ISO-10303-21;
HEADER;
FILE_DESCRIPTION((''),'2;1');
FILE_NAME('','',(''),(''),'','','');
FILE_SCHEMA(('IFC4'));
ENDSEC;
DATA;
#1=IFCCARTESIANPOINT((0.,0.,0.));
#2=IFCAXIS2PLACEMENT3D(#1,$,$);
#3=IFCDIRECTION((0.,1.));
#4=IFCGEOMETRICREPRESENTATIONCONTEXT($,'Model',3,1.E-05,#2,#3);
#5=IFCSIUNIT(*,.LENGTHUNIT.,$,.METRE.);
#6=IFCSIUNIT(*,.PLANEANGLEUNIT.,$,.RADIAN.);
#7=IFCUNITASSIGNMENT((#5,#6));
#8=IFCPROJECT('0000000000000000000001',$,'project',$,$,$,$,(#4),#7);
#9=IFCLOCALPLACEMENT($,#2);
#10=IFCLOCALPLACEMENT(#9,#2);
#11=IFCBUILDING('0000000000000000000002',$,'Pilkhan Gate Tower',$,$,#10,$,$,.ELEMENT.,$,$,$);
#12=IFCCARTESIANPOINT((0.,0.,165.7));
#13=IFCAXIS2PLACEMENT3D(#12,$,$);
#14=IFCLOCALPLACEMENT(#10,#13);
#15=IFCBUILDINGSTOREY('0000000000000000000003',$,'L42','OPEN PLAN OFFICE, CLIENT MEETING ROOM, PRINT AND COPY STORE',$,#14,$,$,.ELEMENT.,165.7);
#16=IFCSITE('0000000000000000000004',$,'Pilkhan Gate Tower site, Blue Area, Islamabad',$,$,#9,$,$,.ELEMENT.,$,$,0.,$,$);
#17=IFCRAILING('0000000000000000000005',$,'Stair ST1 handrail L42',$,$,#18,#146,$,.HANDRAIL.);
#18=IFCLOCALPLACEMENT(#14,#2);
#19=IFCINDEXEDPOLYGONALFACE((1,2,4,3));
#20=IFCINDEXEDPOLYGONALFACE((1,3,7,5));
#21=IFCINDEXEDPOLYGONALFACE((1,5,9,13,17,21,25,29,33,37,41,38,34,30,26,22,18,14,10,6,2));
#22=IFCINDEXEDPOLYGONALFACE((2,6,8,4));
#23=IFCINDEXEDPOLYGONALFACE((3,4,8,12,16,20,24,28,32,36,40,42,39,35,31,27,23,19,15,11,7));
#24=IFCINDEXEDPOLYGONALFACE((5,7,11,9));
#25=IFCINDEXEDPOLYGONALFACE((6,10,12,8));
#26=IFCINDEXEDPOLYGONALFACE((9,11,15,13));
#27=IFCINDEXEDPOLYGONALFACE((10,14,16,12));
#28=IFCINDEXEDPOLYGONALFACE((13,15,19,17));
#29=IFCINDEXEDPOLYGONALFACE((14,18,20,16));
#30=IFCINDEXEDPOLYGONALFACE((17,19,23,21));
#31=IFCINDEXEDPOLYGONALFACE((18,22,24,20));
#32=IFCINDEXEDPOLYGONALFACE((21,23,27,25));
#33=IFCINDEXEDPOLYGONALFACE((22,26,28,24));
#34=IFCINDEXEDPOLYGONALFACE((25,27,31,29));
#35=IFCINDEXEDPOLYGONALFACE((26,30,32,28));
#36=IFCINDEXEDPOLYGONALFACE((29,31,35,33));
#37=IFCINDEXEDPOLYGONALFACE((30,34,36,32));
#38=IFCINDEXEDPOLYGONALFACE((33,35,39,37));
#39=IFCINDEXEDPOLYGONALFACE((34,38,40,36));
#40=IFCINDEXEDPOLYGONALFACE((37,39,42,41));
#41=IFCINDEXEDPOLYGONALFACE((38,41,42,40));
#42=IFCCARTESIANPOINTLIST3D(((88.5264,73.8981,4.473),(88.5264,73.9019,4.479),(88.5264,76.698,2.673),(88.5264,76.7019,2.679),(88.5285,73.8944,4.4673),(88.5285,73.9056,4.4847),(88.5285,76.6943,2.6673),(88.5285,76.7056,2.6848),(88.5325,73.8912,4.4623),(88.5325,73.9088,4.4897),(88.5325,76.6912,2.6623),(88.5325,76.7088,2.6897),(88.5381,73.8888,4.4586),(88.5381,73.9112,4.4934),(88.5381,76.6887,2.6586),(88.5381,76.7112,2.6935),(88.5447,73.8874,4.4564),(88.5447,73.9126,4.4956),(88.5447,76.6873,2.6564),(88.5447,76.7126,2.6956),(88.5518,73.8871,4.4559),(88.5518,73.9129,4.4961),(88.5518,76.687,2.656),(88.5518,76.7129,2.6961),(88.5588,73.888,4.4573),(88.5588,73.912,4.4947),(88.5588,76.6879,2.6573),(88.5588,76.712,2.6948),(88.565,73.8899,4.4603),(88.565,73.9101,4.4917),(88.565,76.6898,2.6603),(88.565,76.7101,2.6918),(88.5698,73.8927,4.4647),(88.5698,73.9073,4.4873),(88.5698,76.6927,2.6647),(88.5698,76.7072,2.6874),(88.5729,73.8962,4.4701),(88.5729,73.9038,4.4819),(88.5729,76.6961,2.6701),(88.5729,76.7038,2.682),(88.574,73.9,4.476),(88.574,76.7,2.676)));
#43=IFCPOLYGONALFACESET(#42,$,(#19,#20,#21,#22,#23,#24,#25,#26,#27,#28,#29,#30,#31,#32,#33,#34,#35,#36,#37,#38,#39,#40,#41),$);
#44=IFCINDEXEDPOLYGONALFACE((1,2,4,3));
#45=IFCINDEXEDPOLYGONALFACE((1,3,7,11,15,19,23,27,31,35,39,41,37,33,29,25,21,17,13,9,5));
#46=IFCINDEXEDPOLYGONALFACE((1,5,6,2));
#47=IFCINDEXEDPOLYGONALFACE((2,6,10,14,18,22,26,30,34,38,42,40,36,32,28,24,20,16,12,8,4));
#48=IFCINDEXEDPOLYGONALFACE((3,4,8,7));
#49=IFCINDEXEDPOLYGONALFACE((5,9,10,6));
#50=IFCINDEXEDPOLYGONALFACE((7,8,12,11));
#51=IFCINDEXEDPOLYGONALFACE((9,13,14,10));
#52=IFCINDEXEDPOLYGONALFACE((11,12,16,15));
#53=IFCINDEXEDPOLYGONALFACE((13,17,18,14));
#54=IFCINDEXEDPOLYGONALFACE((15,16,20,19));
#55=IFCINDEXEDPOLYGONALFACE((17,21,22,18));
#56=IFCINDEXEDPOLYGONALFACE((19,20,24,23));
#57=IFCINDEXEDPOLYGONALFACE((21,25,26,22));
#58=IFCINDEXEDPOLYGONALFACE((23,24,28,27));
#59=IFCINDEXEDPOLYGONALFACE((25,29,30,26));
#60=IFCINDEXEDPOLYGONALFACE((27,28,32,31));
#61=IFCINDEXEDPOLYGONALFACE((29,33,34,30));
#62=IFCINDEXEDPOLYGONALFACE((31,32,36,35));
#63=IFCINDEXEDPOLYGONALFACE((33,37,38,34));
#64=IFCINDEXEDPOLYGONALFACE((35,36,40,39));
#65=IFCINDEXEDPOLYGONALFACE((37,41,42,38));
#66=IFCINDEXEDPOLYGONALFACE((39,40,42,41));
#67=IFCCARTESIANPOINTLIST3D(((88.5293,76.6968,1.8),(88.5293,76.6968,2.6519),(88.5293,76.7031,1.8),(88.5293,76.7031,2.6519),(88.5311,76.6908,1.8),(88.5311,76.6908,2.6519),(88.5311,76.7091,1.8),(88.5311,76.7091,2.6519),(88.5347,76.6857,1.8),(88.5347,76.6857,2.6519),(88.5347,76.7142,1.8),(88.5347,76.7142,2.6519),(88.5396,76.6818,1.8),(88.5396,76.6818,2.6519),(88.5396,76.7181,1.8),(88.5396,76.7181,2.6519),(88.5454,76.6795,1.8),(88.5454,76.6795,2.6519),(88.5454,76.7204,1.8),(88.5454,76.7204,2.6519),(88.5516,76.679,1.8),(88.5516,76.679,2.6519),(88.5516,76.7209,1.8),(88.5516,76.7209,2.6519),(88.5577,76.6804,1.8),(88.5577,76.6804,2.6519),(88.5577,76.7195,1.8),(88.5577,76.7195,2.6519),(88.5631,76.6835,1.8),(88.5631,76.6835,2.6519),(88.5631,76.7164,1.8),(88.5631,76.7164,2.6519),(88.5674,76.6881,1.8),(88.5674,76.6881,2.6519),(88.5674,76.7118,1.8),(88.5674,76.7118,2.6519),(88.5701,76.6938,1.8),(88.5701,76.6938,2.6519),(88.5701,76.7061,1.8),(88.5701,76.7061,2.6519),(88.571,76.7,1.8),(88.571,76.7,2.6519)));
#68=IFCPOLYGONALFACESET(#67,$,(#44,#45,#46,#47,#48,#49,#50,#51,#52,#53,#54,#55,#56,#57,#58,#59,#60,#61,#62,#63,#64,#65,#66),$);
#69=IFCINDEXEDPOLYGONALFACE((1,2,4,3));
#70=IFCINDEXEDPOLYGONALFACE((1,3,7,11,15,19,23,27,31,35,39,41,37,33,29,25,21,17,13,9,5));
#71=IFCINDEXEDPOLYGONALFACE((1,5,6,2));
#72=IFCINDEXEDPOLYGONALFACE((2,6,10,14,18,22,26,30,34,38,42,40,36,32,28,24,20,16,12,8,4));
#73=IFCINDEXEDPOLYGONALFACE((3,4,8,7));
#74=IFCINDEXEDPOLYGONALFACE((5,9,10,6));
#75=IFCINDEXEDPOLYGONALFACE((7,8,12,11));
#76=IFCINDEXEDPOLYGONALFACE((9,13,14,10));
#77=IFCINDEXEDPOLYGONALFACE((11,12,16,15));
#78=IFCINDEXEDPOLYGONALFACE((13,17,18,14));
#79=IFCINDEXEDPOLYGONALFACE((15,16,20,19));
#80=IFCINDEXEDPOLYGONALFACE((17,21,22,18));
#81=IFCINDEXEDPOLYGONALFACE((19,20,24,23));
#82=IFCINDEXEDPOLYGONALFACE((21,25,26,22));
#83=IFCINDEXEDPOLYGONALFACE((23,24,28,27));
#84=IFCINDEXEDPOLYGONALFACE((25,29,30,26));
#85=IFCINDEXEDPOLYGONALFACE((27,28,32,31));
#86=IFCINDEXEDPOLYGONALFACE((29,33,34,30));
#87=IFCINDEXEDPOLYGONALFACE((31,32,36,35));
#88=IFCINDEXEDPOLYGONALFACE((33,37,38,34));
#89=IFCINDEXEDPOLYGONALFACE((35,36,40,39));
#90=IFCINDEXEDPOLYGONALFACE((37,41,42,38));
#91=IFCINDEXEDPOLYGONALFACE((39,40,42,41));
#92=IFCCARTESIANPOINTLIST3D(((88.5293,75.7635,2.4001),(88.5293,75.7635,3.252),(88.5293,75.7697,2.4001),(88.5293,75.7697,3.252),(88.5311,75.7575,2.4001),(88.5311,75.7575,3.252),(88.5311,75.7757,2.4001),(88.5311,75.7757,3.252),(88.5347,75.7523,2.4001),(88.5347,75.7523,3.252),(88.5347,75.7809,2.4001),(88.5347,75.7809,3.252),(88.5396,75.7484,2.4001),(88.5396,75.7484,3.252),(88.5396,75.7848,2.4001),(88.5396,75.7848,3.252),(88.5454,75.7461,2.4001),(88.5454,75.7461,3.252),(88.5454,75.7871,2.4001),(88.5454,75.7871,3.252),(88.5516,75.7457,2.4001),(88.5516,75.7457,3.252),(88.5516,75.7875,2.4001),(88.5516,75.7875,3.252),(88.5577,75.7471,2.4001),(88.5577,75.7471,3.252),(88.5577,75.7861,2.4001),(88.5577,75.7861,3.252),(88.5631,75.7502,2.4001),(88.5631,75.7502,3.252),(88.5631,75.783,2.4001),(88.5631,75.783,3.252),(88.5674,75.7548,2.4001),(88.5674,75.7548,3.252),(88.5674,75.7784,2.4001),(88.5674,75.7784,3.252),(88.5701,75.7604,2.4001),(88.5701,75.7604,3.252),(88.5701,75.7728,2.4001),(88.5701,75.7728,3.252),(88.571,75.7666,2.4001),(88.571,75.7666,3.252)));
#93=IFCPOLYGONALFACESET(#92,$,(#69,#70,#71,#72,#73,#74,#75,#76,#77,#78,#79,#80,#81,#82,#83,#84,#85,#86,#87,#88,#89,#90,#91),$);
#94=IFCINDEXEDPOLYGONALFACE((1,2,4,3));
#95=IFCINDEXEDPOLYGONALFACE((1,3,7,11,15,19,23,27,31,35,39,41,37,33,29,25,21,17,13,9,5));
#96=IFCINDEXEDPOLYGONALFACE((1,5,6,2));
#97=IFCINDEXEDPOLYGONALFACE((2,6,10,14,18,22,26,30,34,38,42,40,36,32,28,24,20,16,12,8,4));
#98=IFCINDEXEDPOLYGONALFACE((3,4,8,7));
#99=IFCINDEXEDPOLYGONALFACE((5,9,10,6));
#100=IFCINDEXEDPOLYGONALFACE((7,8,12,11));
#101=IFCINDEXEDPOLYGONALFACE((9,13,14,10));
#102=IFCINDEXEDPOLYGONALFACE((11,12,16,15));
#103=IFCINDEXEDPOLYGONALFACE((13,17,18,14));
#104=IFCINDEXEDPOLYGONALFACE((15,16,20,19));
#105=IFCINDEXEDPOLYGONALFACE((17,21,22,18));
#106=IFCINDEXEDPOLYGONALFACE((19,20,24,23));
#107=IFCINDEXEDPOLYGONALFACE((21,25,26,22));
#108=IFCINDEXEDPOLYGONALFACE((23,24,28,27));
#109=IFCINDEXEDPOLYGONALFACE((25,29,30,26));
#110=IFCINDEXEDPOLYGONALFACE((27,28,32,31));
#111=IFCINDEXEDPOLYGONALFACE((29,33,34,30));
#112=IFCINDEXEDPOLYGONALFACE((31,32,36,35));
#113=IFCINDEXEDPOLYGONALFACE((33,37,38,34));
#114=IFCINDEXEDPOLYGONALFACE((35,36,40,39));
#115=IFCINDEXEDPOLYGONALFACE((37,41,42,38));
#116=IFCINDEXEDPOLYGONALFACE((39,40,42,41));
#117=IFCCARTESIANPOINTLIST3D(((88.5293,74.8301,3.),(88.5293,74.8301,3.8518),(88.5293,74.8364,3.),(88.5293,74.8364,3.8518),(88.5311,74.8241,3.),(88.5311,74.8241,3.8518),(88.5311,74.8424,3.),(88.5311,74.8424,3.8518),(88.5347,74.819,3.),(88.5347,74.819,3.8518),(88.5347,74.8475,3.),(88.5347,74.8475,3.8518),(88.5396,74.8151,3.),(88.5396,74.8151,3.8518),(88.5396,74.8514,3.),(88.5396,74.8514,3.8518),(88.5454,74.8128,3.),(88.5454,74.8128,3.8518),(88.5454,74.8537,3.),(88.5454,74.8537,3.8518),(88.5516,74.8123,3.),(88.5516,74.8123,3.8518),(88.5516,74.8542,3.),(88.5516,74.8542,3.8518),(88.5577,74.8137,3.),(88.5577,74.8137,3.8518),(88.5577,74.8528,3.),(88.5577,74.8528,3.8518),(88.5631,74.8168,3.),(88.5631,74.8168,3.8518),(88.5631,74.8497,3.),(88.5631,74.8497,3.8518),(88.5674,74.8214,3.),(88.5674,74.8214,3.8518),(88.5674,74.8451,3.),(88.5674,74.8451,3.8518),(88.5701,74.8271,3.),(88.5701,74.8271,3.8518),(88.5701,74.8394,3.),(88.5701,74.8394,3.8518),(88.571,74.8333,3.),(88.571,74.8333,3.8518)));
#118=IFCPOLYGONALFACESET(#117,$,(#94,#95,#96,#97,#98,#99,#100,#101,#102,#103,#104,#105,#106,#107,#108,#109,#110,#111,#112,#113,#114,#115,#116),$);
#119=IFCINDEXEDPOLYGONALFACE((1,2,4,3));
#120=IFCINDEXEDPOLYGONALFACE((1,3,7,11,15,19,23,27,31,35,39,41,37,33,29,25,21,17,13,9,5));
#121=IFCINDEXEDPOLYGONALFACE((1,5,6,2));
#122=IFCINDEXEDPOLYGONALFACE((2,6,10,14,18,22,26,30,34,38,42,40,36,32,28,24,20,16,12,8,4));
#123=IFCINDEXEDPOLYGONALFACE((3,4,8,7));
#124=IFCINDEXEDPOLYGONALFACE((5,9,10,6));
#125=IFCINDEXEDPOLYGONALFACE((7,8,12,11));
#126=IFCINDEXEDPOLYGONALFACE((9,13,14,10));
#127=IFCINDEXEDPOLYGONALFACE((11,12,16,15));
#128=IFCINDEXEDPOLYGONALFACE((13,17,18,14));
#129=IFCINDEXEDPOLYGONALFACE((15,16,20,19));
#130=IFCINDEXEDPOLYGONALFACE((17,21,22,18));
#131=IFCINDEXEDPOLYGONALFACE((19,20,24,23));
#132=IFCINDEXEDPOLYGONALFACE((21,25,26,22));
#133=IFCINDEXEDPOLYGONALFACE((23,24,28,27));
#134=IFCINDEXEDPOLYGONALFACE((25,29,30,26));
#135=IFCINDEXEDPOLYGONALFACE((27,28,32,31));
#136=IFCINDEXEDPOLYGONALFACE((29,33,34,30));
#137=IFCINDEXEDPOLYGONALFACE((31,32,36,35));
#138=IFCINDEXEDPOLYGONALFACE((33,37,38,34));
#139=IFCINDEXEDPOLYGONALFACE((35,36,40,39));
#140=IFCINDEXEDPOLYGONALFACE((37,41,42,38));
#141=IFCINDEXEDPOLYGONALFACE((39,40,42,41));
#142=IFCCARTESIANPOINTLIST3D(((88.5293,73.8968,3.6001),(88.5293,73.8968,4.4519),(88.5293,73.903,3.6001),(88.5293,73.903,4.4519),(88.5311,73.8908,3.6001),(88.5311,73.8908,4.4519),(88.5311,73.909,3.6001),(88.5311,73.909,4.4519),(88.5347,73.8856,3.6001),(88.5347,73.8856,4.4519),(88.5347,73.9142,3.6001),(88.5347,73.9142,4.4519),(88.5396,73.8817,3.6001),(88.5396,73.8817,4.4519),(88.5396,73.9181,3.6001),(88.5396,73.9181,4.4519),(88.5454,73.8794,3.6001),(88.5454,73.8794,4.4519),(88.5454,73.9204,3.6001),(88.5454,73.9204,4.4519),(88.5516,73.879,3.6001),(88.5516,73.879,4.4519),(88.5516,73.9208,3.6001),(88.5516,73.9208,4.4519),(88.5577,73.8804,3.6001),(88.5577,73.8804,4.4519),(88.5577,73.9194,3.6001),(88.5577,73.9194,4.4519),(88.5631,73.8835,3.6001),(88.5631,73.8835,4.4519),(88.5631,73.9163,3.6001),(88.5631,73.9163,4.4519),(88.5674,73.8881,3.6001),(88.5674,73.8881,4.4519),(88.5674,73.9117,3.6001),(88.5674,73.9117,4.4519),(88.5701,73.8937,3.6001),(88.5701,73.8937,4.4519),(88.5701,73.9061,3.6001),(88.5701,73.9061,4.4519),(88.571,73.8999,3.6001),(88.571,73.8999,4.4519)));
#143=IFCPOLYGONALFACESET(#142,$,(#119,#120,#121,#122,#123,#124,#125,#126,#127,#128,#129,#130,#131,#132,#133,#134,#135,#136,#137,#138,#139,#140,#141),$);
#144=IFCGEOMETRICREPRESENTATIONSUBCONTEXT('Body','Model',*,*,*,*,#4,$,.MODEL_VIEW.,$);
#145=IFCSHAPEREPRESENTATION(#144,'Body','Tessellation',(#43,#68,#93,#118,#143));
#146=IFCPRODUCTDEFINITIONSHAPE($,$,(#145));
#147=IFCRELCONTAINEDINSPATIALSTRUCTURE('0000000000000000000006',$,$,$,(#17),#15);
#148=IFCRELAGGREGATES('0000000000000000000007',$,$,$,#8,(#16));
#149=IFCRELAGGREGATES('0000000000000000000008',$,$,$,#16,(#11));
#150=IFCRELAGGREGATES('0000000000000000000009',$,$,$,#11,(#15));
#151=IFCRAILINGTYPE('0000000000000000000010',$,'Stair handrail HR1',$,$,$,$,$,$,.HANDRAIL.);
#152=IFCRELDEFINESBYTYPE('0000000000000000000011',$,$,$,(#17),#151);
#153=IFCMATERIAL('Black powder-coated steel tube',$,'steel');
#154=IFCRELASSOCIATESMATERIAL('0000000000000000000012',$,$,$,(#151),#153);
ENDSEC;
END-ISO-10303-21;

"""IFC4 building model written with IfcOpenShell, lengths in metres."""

from ifc_helpers import new_model, si_unit, direction, frame, origin, origin_2d, place, context, subcontext, project, spatial, circle, extrude, material, type_object, element, save


model = new_model("IFC4")

# Units and contexts
model_context = context("Model", 3, precision=1e-05, world=origin(), true_north=direction((0.0, 1.0)))
body_context = subcontext(model_context, "Body", "Model", "MODEL_VIEW")
ifc_project = project(units=[si_unit("LENGTHUNIT", "METRE"), si_unit("PLANEANGLEUNIT", "RADIAN")], contexts=[model_context])

# Site, building, storey
site_placement = place(None, origin())
site = spatial("IfcSite", under=ifc_project, at=site_placement, Name="Pilkhan Gate Tower site, Blue Area, Islamabad", CompositionType="ELEMENT", RefElevation=0.0)
building_placement = place(site_placement, origin())
building = spatial("IfcBuilding", under=site, at=building_placement, Name="Pilkhan Gate Tower", CompositionType="ELEMENT")
storey_placement = place(building_placement, frame((0.0, 0.0, 165.7)))
storey = spatial("IfcBuildingStorey", under=building, at=storey_placement, Name="L42", Description="OPEN PLAN OFFICE, CLIENT MEETING ROOM, PRINT AND COPY STORE", CompositionType="ELEMENT", Elevation=165.7)

# Railing
ifc_material_1 = material(Name="Black powder-coated steel tube", Category="steel")
railing_type_1 = type_object("IfcRailingType", Name="Stair handrail HR1", PredefinedType="HANDRAIL", material=ifc_material_1)
railing_1_placement = place(storey_placement, frame((88.55, 76.7, 1.8)))
element("IfcRailing", 1, at=railing_1_placement, inside=storey, type_object=railing_type_1, Name="Stair ST1 handrail L42", PredefinedType="HANDRAIL", context=body_context, shape_type="SweptSolid", body=[
    extrude(circle(Radius=0.0239, at=origin_2d()), frame((0.0, 0.0, 0.876), z_axis=(0.0, -0.841176, 0.540761), x_axis=(1.0, 0.0, 0.0)), (0.0, 0.0, 1.0), 3.3286),
    extrude(circle(Radius=0.021, at=origin_2d()), origin(), (0.0, 0.0, 1.0), 0.8518),
    extrude(circle(Radius=0.021, at=origin_2d()), frame((0.0, -0.9333, 0.6001)), (0.0, 0.0, 1.0), 0.8518),
    extrude(circle(Radius=0.021, at=origin_2d()), frame((0.0, -1.8667, 1.2)), (0.0, 0.0, 1.0), 0.8518),
    extrude(circle(Radius=0.021, at=origin_2d()), frame((0.0, -2.8, 1.8)), (0.0, 0.0, 1.0), 0.8518),
])

save(model, "model.ifc")
